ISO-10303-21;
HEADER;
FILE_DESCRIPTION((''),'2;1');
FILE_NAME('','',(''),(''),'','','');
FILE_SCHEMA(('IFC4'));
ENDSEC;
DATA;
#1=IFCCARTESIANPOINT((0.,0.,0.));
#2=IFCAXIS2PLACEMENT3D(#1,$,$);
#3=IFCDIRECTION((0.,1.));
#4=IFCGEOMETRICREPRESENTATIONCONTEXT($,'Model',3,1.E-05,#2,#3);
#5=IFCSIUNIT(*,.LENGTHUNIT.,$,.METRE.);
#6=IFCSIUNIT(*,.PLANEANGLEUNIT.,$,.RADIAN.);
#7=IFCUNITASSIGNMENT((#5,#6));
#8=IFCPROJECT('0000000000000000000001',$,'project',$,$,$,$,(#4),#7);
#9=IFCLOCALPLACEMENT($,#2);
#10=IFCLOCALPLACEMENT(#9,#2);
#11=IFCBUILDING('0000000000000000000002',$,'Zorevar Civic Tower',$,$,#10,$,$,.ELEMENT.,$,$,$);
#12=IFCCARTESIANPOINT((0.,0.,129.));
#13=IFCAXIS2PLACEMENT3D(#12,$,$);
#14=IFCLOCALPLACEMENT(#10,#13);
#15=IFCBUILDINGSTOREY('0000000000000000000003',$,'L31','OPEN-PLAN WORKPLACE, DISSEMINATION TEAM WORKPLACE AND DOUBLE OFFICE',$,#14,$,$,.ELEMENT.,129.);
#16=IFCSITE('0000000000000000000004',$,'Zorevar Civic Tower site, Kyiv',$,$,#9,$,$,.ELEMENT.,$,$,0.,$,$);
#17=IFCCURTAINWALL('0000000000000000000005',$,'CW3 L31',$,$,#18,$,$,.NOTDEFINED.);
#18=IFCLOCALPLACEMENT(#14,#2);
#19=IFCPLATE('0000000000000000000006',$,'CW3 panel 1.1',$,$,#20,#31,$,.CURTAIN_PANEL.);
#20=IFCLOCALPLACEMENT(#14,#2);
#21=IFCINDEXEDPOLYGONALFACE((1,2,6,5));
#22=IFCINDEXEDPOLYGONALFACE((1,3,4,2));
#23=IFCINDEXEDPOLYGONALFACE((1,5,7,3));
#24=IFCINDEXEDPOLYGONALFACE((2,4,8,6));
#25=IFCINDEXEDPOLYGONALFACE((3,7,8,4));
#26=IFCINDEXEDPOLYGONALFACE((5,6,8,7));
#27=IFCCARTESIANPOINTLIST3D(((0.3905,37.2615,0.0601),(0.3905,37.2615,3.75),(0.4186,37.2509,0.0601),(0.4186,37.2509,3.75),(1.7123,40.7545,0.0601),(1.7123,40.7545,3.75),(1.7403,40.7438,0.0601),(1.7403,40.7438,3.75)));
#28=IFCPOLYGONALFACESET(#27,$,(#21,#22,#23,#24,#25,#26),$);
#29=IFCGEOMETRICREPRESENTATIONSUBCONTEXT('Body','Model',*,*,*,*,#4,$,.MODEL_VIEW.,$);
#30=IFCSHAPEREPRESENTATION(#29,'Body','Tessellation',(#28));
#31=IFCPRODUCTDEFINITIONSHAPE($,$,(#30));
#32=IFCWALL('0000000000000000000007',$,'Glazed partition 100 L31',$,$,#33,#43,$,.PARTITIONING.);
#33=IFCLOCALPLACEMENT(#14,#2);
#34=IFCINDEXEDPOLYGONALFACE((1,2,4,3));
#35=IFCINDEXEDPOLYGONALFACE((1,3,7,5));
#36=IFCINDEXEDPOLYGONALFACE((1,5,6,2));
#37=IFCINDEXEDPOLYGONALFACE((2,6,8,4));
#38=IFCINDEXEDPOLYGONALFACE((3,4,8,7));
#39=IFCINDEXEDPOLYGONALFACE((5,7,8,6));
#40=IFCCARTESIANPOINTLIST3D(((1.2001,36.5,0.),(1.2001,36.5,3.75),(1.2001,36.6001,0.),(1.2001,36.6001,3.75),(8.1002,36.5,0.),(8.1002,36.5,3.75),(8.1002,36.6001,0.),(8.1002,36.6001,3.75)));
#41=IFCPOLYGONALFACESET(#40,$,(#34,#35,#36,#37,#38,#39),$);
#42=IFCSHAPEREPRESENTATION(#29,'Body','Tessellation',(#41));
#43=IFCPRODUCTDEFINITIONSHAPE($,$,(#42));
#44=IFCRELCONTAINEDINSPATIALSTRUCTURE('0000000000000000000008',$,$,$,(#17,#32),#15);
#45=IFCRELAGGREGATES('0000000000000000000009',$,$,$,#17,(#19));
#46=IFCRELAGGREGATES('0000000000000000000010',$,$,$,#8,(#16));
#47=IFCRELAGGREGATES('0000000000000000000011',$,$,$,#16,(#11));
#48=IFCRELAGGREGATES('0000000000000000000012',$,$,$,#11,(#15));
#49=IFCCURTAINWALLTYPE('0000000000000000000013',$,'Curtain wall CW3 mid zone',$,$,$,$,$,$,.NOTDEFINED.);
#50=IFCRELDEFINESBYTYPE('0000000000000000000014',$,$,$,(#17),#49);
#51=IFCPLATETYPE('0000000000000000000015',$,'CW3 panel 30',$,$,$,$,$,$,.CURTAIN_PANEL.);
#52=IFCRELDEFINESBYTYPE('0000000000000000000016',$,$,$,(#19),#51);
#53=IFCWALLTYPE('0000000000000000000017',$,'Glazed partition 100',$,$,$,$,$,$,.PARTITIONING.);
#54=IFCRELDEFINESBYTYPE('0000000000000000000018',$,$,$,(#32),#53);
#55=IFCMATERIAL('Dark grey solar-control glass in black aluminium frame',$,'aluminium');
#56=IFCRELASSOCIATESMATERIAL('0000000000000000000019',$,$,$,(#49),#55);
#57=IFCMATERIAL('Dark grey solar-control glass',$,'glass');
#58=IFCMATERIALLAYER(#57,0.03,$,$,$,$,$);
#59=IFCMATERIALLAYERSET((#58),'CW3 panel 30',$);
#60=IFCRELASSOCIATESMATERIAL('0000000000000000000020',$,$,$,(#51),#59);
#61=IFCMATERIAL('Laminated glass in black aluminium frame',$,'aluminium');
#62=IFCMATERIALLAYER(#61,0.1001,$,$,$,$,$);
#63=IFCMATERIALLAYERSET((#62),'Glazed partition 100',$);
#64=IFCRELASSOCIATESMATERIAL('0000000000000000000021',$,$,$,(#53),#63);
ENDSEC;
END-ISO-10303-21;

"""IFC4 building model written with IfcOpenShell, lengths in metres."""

from ifc_helpers import new_model, si_unit, direction, frame, frame_2d, origin, origin_2d, place, context, subcontext, project, spatial, rectangle, extrude, material, layer, layer_set, type_object, element, aggregate, save


model = new_model("IFC4")

# Units and contexts
model_context = context("Model", 3, precision=1e-05, world=origin(), true_north=direction((0.0, 1.0)))
body_context = subcontext(model_context, "Body", "Model", "MODEL_VIEW")
ifc_project = project(units=[si_unit("LENGTHUNIT", "METRE"), si_unit("PLANEANGLEUNIT", "RADIAN")], contexts=[model_context])

# Site, building, storey
site_placement = place(None, origin())
site = spatial("IfcSite", under=ifc_project, at=site_placement, Name="Zorevar Civic Tower site, Kyiv", CompositionType="ELEMENT", RefElevation=0.0)
building_placement = place(site_placement, origin())
building = spatial("IfcBuilding", under=site, at=building_placement, Name="Zorevar Civic Tower", CompositionType="ELEMENT")
storey_placement = place(building_placement, frame((0.0, 0.0, 129.0)))
storey = spatial("IfcBuildingStorey", under=building, at=storey_placement, Name="L31", Description="OPEN-PLAN WORKPLACE, DISSEMINATION TEAM WORKPLACE AND DOUBLE OFFICE", CompositionType="ELEMENT", Elevation=129.0)

# Curtain wall
ifc_material_1 = material(Name="Dark grey solar-control glass in black aluminium frame", Category="aluminium")
curtain_wall_type = type_object("IfcCurtainWallType", Name="Curtain wall CW3 mid zone", PredefinedType="NOTDEFINED", material=ifc_material_1)
curtain_wall_1_placement = place(storey_placement, origin())
curtain_wall_1 = element("IfcCurtainWall", 1, at=curtain_wall_1_placement, inside=storey, type_object=curtain_wall_type, Name="CW3 L31", PredefinedType="NOTDEFINED")

# Plate
ifc_material_2 = material(Name="Dark grey solar-control glass", Category="glass")
ifc_layer_1 = layer(ifc_material_2, 0.03)
ifc_layer_set_1 = layer_set([ifc_layer_1], Name="CW3 panel 30")
plate_type = type_object("IfcPlateType", Name="CW3 panel 30", PredefinedType="CURTAIN_PANEL", material=ifc_layer_set_1)
plate_1_placement = place(storey_placement, frame((1.0654, 39.0027, 0.0601), z_axis=(0.0, 0.0, 1.0), x_axis=(-0.353918, -0.935277, 0.0)))
plate_1 = element("IfcPlate", 2, at=plate_1_placement, type_object=plate_type, Name="CW3 panel 1.1", PredefinedType="CURTAIN_PANEL", context=body_context, shape_type="SweptSolid", body=[
    extrude(rectangle(XDim=3.7346, YDim=0.03, at=origin_2d()), origin(), (0.0, 0.0, 1.0), 3.6899),
])
aggregate(curtain_wall_1, [plate_1])

# Wall
ifc_material_3 = material(Name="Laminated glass in black aluminium frame", Category="aluminium")
ifc_layer_2 = layer(ifc_material_3, 0.1001)
ifc_layer_set_2 = layer_set([ifc_layer_2], Name="Glazed partition 100")
wall_type = type_object("IfcWallType", Name="Glazed partition 100", PredefinedType="PARTITIONING", material=ifc_layer_set_2)
wall_placement = place(storey_placement, frame((1.2, 36.55, 0.0), z_axis=(0.0, 0.0, 1.0), x_axis=(1.0, 0.0, 0.0)))
element("IfcWall", 3, at=wall_placement, inside=storey, type_object=wall_type, Name="Glazed partition 100 L31", PredefinedType="PARTITIONING", context=body_context, shape_type="SweptSolid", body=[
    extrude(rectangle(XDim=6.9001, YDim=0.1001, at=frame_2d((3.4502, 0.0))), origin(), (0.0, 0.0, 1.0), 3.75),
])

save(model, "model.ifc")
